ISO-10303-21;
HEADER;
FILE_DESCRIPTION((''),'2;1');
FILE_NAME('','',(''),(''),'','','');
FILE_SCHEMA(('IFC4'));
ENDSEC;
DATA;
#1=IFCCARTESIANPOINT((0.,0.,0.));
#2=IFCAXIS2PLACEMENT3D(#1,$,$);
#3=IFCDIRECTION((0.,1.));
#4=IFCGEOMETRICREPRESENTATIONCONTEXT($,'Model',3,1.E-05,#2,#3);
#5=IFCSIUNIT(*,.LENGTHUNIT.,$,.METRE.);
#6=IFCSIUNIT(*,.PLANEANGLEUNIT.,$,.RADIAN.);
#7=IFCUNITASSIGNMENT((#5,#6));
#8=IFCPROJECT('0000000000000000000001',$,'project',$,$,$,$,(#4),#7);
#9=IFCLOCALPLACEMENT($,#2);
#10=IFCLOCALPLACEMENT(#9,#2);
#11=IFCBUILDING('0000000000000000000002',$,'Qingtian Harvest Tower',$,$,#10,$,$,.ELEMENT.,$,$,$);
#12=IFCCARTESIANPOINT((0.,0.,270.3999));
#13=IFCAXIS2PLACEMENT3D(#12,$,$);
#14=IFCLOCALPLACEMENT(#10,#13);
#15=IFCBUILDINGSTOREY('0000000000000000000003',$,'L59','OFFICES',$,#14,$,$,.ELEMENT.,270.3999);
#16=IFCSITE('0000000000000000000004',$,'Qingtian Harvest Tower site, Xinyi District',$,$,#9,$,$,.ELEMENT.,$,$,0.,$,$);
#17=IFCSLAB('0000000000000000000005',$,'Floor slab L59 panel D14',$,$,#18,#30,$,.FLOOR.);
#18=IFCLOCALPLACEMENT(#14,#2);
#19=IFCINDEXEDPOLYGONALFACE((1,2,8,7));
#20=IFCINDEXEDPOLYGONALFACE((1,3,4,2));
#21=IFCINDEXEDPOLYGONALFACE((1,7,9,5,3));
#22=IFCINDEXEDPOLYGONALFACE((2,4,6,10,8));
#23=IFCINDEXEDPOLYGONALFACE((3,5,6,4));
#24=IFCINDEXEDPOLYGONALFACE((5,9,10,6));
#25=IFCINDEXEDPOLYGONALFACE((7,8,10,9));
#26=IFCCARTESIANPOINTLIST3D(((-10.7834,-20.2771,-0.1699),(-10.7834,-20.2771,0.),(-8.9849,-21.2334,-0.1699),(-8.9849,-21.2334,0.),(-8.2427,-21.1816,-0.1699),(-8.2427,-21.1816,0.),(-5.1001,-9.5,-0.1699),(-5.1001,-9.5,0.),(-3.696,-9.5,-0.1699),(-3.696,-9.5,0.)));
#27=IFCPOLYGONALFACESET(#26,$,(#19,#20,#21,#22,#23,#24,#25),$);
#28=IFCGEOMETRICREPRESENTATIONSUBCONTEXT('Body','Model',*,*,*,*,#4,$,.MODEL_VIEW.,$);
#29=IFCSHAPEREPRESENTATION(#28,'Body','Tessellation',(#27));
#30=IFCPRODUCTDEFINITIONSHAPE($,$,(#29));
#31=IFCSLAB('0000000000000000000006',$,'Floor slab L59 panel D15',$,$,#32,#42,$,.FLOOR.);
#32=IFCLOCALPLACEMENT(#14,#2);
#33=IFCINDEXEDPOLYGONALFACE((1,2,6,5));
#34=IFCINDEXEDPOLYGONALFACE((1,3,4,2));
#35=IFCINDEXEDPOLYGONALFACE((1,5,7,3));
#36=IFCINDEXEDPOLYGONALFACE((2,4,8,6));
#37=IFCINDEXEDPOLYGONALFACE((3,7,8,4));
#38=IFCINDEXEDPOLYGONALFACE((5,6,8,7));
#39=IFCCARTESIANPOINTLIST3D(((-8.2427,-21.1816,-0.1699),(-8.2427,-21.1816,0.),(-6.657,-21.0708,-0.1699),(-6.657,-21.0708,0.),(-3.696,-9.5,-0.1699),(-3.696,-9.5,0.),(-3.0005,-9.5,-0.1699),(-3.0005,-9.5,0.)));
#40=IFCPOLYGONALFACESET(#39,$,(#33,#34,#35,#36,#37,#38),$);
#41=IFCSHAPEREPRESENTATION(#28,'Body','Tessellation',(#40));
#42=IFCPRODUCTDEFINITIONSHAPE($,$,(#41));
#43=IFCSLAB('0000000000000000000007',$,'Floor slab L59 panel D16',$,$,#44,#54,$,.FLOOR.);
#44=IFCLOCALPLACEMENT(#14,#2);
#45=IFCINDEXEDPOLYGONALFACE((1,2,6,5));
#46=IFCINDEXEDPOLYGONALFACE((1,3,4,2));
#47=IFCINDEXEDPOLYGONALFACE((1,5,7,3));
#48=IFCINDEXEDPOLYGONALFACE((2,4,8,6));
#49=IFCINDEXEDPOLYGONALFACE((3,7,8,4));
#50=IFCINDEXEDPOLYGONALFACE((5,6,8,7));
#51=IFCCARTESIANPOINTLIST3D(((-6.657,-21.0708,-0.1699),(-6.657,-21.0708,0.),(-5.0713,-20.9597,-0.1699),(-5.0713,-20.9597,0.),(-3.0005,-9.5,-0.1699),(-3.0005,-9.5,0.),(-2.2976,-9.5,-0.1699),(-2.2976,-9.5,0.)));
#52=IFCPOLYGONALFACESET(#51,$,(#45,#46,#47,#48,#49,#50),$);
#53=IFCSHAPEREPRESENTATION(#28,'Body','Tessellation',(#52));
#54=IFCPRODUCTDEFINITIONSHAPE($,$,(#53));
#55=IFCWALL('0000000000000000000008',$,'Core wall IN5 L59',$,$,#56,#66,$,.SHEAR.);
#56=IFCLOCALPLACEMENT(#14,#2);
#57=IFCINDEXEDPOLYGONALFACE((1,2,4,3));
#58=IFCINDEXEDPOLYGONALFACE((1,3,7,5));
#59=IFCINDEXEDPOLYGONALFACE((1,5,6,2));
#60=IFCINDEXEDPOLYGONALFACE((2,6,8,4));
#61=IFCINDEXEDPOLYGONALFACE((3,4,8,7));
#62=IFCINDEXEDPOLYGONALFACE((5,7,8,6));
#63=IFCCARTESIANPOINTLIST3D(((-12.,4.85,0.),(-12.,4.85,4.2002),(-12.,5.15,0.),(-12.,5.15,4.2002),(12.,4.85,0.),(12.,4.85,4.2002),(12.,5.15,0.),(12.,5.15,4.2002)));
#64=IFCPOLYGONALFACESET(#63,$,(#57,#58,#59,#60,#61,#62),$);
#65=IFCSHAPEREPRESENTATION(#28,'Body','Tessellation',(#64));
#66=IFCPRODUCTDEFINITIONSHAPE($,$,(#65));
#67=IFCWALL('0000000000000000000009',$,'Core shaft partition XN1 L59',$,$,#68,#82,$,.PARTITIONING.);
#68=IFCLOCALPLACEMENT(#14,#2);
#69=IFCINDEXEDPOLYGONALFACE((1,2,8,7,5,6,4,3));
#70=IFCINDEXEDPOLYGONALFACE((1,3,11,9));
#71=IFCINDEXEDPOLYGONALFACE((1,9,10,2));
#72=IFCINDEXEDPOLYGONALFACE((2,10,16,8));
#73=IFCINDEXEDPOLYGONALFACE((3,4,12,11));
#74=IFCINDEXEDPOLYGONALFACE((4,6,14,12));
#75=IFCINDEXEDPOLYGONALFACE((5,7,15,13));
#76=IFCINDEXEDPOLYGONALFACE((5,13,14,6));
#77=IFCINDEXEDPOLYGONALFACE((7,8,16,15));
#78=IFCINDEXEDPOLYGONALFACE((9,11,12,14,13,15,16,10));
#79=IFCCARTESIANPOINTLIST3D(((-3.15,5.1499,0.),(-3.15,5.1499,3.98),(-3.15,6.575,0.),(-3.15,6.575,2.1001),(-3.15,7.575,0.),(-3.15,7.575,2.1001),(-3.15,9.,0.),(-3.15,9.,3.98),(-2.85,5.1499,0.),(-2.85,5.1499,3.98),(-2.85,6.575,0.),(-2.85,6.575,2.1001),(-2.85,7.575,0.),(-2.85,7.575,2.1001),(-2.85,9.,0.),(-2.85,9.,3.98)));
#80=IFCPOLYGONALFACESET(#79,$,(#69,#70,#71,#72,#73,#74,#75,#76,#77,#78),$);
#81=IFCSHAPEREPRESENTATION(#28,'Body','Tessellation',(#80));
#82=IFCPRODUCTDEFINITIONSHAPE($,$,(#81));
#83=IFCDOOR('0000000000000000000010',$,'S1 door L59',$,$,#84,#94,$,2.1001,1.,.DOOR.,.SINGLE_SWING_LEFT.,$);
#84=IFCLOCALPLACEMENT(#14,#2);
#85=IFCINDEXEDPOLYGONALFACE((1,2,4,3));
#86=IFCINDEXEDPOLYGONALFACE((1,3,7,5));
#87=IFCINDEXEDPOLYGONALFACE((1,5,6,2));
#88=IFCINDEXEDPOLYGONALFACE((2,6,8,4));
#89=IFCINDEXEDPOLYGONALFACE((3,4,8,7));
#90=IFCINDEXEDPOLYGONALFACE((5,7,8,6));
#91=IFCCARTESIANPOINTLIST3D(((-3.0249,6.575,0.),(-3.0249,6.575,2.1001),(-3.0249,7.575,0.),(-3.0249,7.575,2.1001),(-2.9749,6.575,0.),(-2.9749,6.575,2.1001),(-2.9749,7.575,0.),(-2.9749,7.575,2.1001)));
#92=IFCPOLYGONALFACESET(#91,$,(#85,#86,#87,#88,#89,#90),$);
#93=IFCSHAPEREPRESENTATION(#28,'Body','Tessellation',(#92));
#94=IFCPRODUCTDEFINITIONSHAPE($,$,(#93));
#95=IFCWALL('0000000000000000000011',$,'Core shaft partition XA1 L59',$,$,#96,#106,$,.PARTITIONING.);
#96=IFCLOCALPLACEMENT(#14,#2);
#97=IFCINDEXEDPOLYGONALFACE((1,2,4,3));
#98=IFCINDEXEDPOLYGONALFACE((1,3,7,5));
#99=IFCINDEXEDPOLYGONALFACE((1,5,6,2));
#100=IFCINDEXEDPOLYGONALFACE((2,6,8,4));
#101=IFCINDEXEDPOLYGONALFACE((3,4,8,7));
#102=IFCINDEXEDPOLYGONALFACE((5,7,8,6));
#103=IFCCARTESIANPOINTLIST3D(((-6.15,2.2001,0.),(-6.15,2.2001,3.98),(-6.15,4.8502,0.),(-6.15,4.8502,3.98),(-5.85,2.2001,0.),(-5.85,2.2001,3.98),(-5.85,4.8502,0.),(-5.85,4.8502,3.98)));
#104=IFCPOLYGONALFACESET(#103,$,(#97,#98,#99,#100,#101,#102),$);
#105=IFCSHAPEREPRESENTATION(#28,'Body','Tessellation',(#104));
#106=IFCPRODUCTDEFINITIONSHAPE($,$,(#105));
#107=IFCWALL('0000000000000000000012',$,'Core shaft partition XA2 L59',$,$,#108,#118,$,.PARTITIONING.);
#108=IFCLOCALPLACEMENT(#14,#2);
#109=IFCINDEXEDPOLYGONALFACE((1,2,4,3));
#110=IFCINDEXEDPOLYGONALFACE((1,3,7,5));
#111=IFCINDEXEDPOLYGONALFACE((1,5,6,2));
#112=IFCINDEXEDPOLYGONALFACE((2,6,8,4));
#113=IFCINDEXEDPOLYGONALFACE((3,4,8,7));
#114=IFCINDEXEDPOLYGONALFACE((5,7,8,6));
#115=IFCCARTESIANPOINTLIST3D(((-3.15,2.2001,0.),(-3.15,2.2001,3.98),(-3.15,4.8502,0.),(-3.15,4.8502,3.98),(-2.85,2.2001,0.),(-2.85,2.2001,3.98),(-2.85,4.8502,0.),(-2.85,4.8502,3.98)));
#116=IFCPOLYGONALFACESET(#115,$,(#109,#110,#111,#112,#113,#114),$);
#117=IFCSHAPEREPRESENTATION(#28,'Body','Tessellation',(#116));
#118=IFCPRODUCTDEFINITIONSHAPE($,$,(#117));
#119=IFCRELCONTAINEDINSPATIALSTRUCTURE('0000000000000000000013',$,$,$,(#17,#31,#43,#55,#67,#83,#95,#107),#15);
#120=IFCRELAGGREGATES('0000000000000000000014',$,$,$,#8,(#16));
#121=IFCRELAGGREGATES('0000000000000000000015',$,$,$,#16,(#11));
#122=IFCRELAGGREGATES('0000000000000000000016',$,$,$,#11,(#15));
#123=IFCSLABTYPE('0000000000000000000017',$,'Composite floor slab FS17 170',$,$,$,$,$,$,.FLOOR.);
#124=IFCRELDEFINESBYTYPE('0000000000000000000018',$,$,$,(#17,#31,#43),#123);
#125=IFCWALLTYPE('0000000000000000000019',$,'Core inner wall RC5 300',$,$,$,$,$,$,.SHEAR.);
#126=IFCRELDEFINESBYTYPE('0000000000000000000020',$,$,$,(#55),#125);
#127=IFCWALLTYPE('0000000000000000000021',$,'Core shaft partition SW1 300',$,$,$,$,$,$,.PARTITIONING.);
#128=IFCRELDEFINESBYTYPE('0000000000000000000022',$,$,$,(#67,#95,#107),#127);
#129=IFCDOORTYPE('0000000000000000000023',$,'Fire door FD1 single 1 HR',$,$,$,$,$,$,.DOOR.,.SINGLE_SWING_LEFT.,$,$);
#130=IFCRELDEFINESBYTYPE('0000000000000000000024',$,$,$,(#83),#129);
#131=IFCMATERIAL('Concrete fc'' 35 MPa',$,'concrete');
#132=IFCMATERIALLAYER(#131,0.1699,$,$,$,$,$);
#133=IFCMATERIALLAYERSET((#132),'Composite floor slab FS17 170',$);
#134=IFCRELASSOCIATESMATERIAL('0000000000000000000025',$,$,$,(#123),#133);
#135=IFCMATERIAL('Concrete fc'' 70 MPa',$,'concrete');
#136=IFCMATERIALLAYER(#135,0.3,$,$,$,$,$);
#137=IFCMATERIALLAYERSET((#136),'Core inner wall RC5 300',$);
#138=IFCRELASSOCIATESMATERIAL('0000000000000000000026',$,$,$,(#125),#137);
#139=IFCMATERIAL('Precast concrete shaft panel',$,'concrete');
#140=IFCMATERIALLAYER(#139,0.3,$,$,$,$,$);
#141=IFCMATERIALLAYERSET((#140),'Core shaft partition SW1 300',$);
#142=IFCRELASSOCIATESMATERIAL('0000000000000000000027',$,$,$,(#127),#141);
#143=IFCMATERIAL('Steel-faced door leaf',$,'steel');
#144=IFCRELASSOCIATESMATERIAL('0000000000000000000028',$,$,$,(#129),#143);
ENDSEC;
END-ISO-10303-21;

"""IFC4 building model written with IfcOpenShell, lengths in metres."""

from ifc_helpers import new_model, si_unit, direction, frame, frame_2d, origin, place, context, subcontext, project, spatial, polyline, rectangle, outline, extrude, material, layer, layer_set, type_object, element, fill, save


model = new_model("IFC4")

# Units and contexts
model_context = context("Model", 3, precision=1e-05, world=origin(), true_north=direction((0.0, 1.0)))
body_context = subcontext(model_context, "Body", "Model", "MODEL_VIEW")
ifc_project = project(units=[si_unit("LENGTHUNIT", "METRE"), si_unit("PLANEANGLEUNIT", "RADIAN")], contexts=[model_context])

# Site, building, storey
site_placement = place(None, origin())
site = spatial("IfcSite", under=ifc_project, at=site_placement, Name="Qingtian Harvest Tower site, Xinyi District", CompositionType="ELEMENT", RefElevation=0.0)
building_placement = place(site_placement, origin())
building = spatial("IfcBuilding", under=site, at=building_placement, Name="Qingtian Harvest Tower", CompositionType="ELEMENT")
storey_placement = place(building_placement, frame((0.0, 0.0, 270.3999)))
storey = spatial("IfcBuildingStorey", under=building, at=storey_placement, Name="L59", Description="OFFICES", CompositionType="ELEMENT", Elevation=270.3999)

# Slabs
ifc_material_1 = material(Name="Concrete fc' 35 MPa", Category="concrete")
ifc_layer_1 = layer(ifc_material_1, 0.1699)
ifc_layer_set_1 = layer_set([ifc_layer_1], Name="Composite floor slab FS17 170")
slab_type = type_object("IfcSlabType", Name="Composite floor slab FS17 170", PredefinedType="FLOOR", material=ifc_layer_set_1)
slab_1_placement = place(storey_placement, frame((0.0, 0.0, -0.1699)))
element("IfcSlab", 1, at=slab_1_placement, inside=storey, type_object=slab_type, Name="Floor slab L59 panel D14", PredefinedType="FLOOR", context=body_context, shape_type="SweptSolid", body=[
    extrude(outline(polyline([(-5.1001, -9.5), (-3.696, -9.5), (-8.2427, -21.1816), (-8.9849, -21.2334), (-10.7834, -20.2771), (-5.1001, -9.5)])), origin(), (0.0, 0.0, 1.0), 0.1699),
])
slab_2_placement = place(storey_placement, frame((0.0, 0.0, -0.1699)))
element("IfcSlab", 2, at=slab_2_placement, inside=storey, type_object=slab_type, Name="Floor slab L59 panel D15", PredefinedType="FLOOR", context=body_context, shape_type="SweptSolid", body=[
    extrude(outline(polyline([(-3.0005, -9.5), (-6.657, -21.0708), (-8.2427, -21.1816), (-3.696, -9.5), (-3.0005, -9.5)])), origin(), (0.0, 0.0, 1.0), 0.1699),
])
slab_3_placement = place(storey_placement, frame((0.0, 0.0, -0.1699)))
element("IfcSlab", 3, at=slab_3_placement, inside=storey, type_object=slab_type, Name="Floor slab L59 panel D16", PredefinedType="FLOOR", context=body_context, shape_type="SweptSolid", body=[
    extrude(outline(polyline([(-2.2976, -9.5), (-5.0713, -20.9597), (-6.657, -21.0708), (-3.0005, -9.5), (-2.2976, -9.5)])), origin(), (0.0, 0.0, 1.0), 0.1699),
])

# Wall
ifc_material_2 = material(Name="Concrete fc' 70 MPa", Category="concrete")
ifc_layer_2 = layer(ifc_material_2, 0.3)
ifc_layer_set_2 = layer_set([ifc_layer_2], Name="Core inner wall RC5 300")
wall_type_1 = type_object("IfcWallType", Name="Core inner wall RC5 300", PredefinedType="SHEAR", material=ifc_layer_set_2)
wall_1_placement = place(storey_placement, frame((-12.0, 5.0, 0.0), z_axis=(0.0, 0.0, 1.0), x_axis=(1.0, 0.0, 0.0)))
element("IfcWall", 4, at=wall_1_placement, inside=storey, type_object=wall_type_1, Name="Core wall IN5 L59", PredefinedType="SHEAR", context=body_context, shape_type="SweptSolid", body=[
    extrude(rectangle(XDim=24.0, YDim=0.3, at=frame_2d((12.0, 0.0))), origin(), (0.0, 0.0, 1.0), 4.2002),
])

# Wall, opening, door
ifc_material_3 = material(Name="Precast concrete shaft panel", Category="concrete")
ifc_layer_3 = layer(ifc_material_3, 0.3)
ifc_layer_set_3 = layer_set([ifc_layer_3], Name="Core shaft partition SW1 300")
wall_type_2 = type_object("IfcWallType", Name="Core shaft partition SW1 300", PredefinedType="PARTITIONING", material=ifc_layer_set_3)
wall_2_placement = place(storey_placement, frame((-3.0, 5.1499, 0.0), z_axis=(0.0, 0.0, 1.0), x_axis=(0.0, 1.0, 0.0)))
wall_2 = element("IfcWall", 5, at=wall_2_placement, inside=storey, type_object=wall_type_2, Name="Core shaft partition XN1 L59", PredefinedType="PARTITIONING", context=body_context, shape_type="SweptSolid", body=[
    extrude(rectangle(XDim=3.8501, YDim=0.3, at=frame_2d((1.925, 0.0))), origin(), (0.0, 0.0, 1.0), 3.98),
])
opening_1_placement = place(wall_2_placement, frame((1.425, 0.0, 0.0)))
opening_1 = element("IfcOpeningElement", 6, at=opening_1_placement, cuts=wall_2, PredefinedType="OPENING", context=body_context, shape_type="SweptSolid", body=[
    extrude(rectangle(XDim=1.0, YDim=2.1001, at=frame_2d((0.5, 1.05))), frame((0.0, 0.1599, 0.0), z_axis=(0.0, -1.0, 0.0), x_axis=(1.0, 0.0, 0.0)), (0.0, 0.0, 1.0), 0.3201),
])
ifc_material_4 = material(Name="Steel-faced door leaf", Category="steel")
door_type_1 = type_object("IfcDoorType", Name="Fire door FD1 single 1 HR", OperationType="SINGLE_SWING_LEFT", PredefinedType="DOOR", material=ifc_material_4)
door_1_placement = place(opening_1_placement, origin())
door_1 = element("IfcDoor", 7, at=door_1_placement, inside=storey, type_object=door_type_1, Name="S1 door L59", OperationType="SINGLE_SWING_LEFT", OverallHeight=2.1001, OverallWidth=1.0, PredefinedType="DOOR", context=body_context, shape_type="SweptSolid", body=[
    extrude(rectangle(XDim=1.0, YDim=2.1001, at=frame_2d((0.5, 1.05))), frame((0.0, 0.0249, 0.0), z_axis=(0.0, -1.0, 0.0), x_axis=(1.0, 0.0, 0.0)), (0.0, 0.0, 1.0), 0.05),
])
fill(opening_1, door_1)

# Walls
for number, where, z_axis, x_axis, name in (
    (8, (-6.0, 2.2, 0.0), (0.0, 0.0, 1.0), (0.0, 1.0, 0.0), "Core shaft partition XA1 L59"),
    (9, (-3.0, 2.2, 0.0), (0.0, 0.0, 1.0), (0.0, 1.0, 0.0), "Core shaft partition XA2 L59"),
):
    element("IfcWall", number, at=place(storey_placement, frame(where, z_axis=z_axis, x_axis=x_axis)), inside=storey, type_object=wall_type_2, Name=name, PredefinedType="PARTITIONING", context=body_context, shape_type="SweptSolid", body=[
        extrude(rectangle(XDim=2.6501, YDim=0.3, at=frame_2d((1.3252, 0.0))), origin(), (0.0, 0.0, 1.0), 3.98),
    ])

save(model, "model.ifc")
